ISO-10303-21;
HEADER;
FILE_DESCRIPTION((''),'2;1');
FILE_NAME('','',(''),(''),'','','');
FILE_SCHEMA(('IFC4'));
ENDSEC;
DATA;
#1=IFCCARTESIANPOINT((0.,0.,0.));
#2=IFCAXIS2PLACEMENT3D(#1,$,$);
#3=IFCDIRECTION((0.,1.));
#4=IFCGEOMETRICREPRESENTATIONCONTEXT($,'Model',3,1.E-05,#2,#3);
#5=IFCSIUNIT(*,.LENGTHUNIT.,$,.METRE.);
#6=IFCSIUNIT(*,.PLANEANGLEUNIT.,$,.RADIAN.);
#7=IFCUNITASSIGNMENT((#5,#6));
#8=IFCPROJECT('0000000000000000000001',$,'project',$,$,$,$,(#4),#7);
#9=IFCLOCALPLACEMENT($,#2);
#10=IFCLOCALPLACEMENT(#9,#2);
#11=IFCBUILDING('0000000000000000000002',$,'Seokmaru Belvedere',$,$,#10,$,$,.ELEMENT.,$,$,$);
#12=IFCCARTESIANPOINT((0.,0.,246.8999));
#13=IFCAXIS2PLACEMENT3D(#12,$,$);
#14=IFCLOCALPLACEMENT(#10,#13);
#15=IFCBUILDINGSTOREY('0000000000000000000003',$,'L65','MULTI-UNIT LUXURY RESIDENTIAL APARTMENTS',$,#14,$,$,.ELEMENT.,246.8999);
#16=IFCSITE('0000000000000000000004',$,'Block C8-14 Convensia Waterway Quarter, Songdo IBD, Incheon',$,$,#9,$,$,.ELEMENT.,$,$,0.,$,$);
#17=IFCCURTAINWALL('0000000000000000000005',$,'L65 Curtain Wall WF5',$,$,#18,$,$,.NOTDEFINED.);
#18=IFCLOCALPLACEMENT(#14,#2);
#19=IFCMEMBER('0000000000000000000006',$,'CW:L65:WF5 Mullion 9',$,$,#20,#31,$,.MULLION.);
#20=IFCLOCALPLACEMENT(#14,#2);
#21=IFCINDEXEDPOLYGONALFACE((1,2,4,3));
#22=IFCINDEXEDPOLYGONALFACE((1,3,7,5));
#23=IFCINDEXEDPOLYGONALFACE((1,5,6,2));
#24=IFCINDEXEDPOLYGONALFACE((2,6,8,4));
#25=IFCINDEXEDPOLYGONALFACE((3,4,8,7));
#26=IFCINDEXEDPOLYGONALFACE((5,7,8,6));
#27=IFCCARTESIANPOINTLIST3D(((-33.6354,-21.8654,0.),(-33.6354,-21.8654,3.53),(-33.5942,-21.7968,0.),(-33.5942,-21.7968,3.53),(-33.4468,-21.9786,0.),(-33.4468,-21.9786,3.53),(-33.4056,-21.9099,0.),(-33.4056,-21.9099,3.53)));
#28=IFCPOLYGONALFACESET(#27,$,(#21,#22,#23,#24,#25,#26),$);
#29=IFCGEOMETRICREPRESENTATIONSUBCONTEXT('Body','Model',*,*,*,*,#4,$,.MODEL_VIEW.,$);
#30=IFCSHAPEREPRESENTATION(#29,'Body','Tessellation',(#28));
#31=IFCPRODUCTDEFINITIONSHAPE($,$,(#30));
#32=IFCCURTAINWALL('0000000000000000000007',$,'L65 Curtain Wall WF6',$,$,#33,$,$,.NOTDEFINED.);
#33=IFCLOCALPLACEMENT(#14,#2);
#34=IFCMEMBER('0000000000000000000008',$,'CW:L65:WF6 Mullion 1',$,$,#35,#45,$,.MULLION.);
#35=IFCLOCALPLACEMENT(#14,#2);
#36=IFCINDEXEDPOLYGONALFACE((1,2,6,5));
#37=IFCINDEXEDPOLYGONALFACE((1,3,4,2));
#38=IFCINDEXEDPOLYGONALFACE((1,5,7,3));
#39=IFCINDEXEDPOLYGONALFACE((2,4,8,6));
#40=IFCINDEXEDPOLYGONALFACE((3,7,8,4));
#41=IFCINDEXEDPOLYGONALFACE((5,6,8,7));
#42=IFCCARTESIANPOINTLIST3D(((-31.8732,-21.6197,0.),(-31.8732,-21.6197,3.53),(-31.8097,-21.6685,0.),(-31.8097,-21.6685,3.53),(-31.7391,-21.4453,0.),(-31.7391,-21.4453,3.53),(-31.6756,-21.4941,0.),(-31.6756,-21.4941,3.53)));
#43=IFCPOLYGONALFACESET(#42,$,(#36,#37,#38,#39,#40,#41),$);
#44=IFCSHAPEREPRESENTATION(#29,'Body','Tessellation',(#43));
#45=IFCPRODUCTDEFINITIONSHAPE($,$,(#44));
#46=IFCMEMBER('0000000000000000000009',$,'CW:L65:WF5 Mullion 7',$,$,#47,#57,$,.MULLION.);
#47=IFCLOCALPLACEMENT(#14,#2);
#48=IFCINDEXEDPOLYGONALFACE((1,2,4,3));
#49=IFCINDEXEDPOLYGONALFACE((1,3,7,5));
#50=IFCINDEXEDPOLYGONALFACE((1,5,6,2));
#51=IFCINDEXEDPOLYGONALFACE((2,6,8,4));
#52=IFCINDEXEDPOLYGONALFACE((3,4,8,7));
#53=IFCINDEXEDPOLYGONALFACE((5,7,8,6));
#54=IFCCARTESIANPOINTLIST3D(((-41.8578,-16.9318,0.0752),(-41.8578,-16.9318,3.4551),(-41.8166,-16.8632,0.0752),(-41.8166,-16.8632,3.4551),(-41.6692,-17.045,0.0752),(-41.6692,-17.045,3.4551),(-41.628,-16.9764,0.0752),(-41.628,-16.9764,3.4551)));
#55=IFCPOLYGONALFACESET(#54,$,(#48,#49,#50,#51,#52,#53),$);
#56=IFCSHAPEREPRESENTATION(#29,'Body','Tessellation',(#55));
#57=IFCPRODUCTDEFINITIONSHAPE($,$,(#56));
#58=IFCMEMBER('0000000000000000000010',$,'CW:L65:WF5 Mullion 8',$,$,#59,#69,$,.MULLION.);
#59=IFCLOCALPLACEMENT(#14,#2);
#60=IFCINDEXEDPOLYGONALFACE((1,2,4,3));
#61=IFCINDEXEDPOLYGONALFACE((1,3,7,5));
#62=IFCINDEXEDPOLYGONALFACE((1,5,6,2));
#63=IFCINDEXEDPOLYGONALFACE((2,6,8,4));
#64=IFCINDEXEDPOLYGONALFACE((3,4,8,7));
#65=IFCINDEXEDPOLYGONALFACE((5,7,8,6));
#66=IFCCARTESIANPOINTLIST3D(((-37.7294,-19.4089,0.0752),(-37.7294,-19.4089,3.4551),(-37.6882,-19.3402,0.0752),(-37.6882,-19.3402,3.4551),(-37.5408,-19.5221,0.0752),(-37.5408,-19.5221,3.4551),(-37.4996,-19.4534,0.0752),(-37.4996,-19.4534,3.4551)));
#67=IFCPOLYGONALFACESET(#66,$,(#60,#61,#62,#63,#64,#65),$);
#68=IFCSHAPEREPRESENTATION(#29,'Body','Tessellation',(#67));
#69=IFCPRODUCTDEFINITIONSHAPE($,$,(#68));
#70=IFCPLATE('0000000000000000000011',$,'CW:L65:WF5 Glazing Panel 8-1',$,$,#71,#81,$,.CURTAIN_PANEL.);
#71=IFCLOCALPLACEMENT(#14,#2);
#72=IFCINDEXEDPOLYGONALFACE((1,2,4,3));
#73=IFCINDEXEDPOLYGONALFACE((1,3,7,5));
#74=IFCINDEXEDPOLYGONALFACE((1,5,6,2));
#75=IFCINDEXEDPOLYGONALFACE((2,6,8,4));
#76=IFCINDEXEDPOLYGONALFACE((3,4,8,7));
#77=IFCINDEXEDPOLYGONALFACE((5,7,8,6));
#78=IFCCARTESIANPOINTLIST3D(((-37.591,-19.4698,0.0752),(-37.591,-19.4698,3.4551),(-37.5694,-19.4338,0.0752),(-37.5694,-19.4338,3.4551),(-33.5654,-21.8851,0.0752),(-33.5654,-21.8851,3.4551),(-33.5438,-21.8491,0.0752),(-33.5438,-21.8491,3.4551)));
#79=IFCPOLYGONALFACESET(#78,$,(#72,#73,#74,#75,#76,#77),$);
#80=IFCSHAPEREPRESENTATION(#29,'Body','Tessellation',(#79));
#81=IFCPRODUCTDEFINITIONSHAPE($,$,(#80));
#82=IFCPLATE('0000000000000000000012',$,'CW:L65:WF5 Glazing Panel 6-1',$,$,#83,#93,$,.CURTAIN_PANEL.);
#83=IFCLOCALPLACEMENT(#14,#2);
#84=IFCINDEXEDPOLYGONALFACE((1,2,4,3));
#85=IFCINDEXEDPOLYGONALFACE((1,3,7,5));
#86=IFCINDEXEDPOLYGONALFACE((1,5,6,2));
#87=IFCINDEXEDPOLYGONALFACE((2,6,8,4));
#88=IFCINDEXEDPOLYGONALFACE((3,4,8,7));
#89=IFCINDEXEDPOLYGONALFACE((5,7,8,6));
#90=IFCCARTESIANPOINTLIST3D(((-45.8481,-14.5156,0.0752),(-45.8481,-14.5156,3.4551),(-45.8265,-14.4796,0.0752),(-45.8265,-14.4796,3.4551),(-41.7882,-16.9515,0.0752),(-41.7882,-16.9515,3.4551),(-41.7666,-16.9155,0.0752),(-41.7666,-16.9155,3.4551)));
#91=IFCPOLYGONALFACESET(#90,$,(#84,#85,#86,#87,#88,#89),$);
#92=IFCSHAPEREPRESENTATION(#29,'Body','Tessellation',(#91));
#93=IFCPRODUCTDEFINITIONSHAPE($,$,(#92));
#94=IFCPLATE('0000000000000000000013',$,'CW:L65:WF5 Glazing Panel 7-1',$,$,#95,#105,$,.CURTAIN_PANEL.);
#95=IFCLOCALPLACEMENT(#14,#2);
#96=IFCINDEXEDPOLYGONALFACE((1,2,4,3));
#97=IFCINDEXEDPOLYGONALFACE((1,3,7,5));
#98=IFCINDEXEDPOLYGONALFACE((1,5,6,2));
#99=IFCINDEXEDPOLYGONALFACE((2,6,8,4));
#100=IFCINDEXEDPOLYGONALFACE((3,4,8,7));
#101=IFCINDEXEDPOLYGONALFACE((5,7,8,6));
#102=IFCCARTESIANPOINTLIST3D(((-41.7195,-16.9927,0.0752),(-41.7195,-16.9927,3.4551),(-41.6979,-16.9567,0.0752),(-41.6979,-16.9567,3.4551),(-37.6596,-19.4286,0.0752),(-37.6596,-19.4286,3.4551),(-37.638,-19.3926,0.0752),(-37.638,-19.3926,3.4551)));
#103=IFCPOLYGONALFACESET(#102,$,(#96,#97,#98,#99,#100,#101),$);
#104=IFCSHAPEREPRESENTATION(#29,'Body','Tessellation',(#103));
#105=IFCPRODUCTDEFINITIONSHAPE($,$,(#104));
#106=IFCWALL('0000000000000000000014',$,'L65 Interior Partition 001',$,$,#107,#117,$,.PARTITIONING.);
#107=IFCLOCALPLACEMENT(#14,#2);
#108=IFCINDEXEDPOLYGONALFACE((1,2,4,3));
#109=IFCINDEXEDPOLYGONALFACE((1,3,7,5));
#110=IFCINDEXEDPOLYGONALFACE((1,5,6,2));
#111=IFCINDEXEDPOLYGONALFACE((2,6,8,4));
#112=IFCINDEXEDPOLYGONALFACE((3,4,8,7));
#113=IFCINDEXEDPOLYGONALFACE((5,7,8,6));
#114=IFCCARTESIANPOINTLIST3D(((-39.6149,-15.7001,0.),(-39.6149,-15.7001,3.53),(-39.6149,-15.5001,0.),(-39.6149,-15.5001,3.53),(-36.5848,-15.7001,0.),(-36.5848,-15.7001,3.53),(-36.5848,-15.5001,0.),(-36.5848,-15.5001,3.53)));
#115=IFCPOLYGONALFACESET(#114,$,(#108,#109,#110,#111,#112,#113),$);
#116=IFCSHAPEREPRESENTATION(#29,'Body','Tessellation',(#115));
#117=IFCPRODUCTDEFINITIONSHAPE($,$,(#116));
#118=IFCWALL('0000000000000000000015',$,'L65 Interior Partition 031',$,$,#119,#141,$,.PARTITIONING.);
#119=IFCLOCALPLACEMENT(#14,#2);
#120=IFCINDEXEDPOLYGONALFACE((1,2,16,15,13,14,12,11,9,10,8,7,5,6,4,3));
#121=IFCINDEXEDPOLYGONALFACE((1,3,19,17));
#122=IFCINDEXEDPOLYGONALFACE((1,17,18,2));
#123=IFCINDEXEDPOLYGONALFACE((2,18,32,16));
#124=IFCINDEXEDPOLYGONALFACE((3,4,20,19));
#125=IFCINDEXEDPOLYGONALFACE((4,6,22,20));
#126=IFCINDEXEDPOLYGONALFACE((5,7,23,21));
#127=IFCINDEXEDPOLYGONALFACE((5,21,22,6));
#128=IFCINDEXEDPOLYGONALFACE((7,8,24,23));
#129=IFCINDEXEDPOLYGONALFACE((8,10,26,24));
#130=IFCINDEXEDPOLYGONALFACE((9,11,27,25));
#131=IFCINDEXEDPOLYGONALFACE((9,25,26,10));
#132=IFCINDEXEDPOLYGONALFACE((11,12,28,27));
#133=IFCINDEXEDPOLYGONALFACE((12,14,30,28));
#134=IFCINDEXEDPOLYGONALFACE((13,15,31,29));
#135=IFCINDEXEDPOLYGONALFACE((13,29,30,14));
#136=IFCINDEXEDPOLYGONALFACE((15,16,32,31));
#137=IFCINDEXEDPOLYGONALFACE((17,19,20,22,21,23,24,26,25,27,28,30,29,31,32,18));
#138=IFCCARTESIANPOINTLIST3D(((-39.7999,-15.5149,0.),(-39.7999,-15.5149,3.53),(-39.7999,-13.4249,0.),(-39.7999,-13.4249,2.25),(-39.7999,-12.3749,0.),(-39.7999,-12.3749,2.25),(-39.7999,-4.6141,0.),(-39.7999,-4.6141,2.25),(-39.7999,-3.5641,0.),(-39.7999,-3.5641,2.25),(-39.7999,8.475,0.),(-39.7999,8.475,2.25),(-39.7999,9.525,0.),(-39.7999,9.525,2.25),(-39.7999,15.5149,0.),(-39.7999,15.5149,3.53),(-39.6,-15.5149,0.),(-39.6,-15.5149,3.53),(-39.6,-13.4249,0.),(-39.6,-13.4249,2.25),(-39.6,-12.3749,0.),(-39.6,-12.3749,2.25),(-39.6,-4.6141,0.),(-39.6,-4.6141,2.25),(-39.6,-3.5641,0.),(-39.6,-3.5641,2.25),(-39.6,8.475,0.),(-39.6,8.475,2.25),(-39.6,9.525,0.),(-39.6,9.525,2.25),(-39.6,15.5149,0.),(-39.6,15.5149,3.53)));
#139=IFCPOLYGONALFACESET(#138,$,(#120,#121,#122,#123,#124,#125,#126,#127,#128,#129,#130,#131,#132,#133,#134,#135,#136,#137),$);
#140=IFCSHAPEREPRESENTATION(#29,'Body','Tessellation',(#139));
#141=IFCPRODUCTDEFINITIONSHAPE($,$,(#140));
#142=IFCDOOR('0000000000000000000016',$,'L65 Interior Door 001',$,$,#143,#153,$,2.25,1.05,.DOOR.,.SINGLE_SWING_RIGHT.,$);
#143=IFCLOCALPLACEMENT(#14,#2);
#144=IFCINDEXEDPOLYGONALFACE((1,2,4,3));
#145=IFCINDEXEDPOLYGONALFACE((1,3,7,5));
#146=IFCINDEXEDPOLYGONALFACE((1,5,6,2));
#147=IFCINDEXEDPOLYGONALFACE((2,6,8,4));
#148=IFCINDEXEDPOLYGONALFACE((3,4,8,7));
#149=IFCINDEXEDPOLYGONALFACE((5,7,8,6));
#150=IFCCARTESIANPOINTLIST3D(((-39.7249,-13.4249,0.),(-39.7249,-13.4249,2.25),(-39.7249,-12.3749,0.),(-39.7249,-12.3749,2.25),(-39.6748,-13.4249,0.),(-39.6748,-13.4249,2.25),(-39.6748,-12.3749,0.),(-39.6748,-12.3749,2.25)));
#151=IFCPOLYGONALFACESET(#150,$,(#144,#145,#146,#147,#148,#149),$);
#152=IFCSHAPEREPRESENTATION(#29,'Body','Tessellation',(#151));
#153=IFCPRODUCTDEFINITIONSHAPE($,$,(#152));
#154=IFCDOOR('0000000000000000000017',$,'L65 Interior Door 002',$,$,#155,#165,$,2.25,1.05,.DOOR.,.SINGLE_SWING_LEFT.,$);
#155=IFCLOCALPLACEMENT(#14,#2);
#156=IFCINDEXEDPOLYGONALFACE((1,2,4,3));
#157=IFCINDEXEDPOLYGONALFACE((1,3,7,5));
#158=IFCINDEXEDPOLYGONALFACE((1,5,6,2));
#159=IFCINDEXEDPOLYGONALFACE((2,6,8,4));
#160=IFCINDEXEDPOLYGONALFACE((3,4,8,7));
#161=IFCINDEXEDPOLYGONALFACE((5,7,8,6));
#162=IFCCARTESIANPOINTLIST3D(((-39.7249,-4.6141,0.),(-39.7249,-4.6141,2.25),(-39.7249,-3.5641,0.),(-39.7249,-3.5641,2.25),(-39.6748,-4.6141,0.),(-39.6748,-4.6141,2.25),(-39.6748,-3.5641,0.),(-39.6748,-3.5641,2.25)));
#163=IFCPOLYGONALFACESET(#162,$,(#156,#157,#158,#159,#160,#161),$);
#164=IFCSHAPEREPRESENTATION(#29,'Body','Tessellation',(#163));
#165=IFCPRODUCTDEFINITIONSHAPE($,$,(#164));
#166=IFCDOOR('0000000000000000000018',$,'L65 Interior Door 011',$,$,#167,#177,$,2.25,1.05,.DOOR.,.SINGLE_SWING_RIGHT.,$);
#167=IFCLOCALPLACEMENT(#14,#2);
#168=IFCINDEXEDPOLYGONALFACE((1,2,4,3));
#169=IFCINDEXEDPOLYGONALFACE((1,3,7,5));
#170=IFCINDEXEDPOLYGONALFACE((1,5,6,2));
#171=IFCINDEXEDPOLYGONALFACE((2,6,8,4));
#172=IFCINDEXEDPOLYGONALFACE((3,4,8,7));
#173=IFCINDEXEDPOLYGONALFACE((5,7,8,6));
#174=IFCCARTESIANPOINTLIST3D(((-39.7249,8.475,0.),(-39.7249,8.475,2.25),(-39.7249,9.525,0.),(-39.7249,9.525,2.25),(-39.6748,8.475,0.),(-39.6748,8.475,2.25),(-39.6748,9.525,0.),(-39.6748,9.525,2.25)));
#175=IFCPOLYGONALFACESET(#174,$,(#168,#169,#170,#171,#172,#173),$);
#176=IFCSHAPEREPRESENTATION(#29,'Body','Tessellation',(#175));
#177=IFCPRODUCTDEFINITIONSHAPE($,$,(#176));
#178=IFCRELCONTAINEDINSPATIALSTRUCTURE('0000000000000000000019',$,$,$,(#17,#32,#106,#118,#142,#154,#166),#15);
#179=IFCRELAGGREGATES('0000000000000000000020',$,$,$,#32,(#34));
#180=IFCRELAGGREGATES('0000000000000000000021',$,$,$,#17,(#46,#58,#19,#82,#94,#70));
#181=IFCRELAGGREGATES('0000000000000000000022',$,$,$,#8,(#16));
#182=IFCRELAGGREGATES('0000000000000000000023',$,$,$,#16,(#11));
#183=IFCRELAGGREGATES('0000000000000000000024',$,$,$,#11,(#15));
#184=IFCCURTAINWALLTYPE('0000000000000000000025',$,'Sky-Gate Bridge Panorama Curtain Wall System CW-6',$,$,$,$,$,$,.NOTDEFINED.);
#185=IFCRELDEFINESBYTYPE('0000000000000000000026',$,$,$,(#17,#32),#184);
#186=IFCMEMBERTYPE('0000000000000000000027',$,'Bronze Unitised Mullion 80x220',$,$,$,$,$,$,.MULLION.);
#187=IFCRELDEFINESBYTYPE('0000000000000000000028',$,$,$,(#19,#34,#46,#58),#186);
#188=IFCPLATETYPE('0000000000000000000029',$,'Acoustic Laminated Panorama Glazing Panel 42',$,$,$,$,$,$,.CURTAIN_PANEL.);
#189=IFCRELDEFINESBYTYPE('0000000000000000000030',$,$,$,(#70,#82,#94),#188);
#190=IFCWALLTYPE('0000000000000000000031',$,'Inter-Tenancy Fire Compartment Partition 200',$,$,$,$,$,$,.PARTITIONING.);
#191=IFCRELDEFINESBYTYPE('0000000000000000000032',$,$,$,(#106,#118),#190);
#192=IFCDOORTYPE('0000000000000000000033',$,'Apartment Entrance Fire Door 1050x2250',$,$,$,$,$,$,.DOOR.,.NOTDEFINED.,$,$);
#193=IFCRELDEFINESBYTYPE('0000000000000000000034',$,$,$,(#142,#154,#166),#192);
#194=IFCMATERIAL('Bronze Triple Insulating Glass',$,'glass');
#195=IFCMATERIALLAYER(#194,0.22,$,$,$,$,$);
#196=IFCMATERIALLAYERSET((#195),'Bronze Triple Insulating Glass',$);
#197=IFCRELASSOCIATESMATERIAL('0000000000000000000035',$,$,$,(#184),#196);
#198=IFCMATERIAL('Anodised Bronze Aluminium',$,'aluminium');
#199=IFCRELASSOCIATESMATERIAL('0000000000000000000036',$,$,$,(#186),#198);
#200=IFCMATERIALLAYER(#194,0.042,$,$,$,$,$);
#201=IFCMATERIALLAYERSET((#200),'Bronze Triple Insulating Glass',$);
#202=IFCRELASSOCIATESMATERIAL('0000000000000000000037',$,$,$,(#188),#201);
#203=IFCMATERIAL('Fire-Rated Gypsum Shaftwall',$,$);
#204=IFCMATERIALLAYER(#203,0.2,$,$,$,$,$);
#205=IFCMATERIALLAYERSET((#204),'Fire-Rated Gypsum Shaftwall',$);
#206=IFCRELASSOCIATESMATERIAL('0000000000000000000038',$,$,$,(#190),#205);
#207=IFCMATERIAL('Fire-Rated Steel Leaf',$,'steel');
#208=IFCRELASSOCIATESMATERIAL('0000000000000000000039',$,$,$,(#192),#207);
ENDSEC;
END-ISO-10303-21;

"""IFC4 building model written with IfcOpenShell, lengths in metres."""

from ifc_helpers import new_model, si_unit, direction, frame, frame_2d, origin, origin_2d, place, context, subcontext, project, spatial, rectangle, extrude, source, transform, mapped, material, layer, layer_set, material_profile, profile_set, type_object, type_shapes, element, fill, aggregate, save


model = new_model("IFC4")

# Units and contexts
model_context = context("Model", 3, precision=1e-05, world=origin(), true_north=direction((0.0, 1.0)))
body_context = subcontext(model_context, "Body", "Model", "MODEL_VIEW")
ifc_project = project(units=[si_unit("LENGTHUNIT", "METRE"), si_unit("PLANEANGLEUNIT", "RADIAN")], contexts=[model_context])

# Site, building, storey
site_placement = place(None, origin())
site = spatial("IfcSite", under=ifc_project, at=site_placement, Name="Block C8-14 Convensia Waterway Quarter, Songdo IBD, Incheon", CompositionType="ELEMENT", RefElevation=0.0)
building_placement = place(site_placement, origin())
building = spatial("IfcBuilding", under=site, at=building_placement, Name="Seokmaru Belvedere", CompositionType="ELEMENT")
storey_placement = place(building_placement, frame((0.0, 0.0, 246.8999)))
storey = spatial("IfcBuildingStorey", under=building, at=storey_placement, Name="L65", Description="MULTI-UNIT LUXURY RESIDENTIAL APARTMENTS", CompositionType="ELEMENT", Elevation=246.8999)

# Curtain walls, members
ifc_material_1 = material(Name="Bronze Triple Insulating Glass", Category="glass")
ifc_layer_1 = layer(ifc_material_1, 0.22)
ifc_layer_set_1 = layer_set([ifc_layer_1], Name="Bronze Triple Insulating Glass")
curtain_wall_type = type_object("IfcCurtainWallType", Name="Sky-Gate Bridge Panorama Curtain Wall System CW-6", PredefinedType="NOTDEFINED", material=ifc_layer_set_1)
curtain_wall_1_placement = place(storey_placement, origin())
curtain_wall_1 = element("IfcCurtainWall", 1, at=curtain_wall_1_placement, inside=storey, type_object=curtain_wall_type, Name="L65 Curtain Wall WF5", PredefinedType="NOTDEFINED")
ifc_material_2 = material(Name="Anodised Bronze Aluminium", Category="aluminium")
ifc_material_profile_1 = material_profile(ifc_material_2, rectangle(XDim=0.0801, YDim=0.22, at=origin_2d()), Name="CW-M-80x220")
ifc_profile_set_1 = profile_set([ifc_material_profile_1], Name="Anodised Bronze Aluminium")
member_type = type_object("IfcMemberType", Name="Bronze Unitised Mullion 80x220", PredefinedType="MULLION", material=ifc_profile_set_1)
shared_shape_1 = source(origin(), body_context, "Body", "SweptSolid", [
    extrude(rectangle(XDim=0.0801, YDim=0.22, at=origin_2d()), origin(), (0.0, 0.0, 1.0), 3.53),
])
member_1_placement = place(storey_placement, frame((-33.5205, -21.8877, 0.0), z_axis=(0.0, 0.0, 1.0), x_axis=(0.514495, 0.857493, 0.0)))
member_1 = element("IfcMember", 2, at=member_1_placement, type_object=member_type, Name="CW:L65:WF5 Mullion 9", PredefinedType="MULLION", context=body_context, shape_type="MappedRepresentation", body=[
    mapped(shared_shape_1, transform((0.0, 0.0, 0.0), scale=1.0)),
])
curtain_wall_2_placement = place(storey_placement, origin())
curtain_wall_2 = element("IfcCurtainWall", 3, at=curtain_wall_2_placement, inside=storey, type_object=curtain_wall_type, Name="L65 Curtain Wall WF6", PredefinedType="NOTDEFINED")
member_2_placement = place(storey_placement, frame((-31.7744, -21.5569, 0.0), z_axis=(0.0, 0.0, 1.0), x_axis=(-0.792631, 0.609701, 0.0)))
member_2 = element("IfcMember", 4, at=member_2_placement, type_object=member_type, Name="CW:L65:WF6 Mullion 1", PredefinedType="MULLION", context=body_context, shape_type="MappedRepresentation", body=[
    mapped(shared_shape_1, transform((0.0, 0.0, 0.0), scale=1.0)),
])
aggregate(curtain_wall_2, [member_2])

# Members
shared_shape_2 = source(origin(), body_context, "Body", "SweptSolid", [
    extrude(rectangle(XDim=0.0801, YDim=0.22, at=origin_2d()), origin(), (0.0, 0.0, 1.0), 3.3799),
])
type_shapes(member_type, [shared_shape_1, shared_shape_2])
member_3_placement = place(storey_placement, frame((-41.7429, -16.9541, 0.0752), z_axis=(0.0, 0.0, 1.0), x_axis=(0.514495, 0.857493, 0.0)))
member_3 = element("IfcMember", 5, at=member_3_placement, type_object=member_type, Name="CW:L65:WF5 Mullion 7", PredefinedType="MULLION", context=body_context, shape_type="MappedRepresentation", body=[
    mapped(shared_shape_2, transform((0.0, 0.0, 0.0), scale=1.0)),
])
member_4_placement = place(storey_placement, frame((-37.6145, -19.4312, 0.0752), z_axis=(0.0, 0.0, 1.0), x_axis=(0.514495, 0.857493, 0.0)))
member_4 = element("IfcMember", 6, at=member_4_placement, type_object=member_type, Name="CW:L65:WF5 Mullion 8", PredefinedType="MULLION", context=body_context, shape_type="MappedRepresentation", body=[
    mapped(shared_shape_2, transform((0.0, 0.0, 0.0), scale=1.0)),
])

# Plates
ifc_layer_2 = layer(ifc_material_1, 0.042)
ifc_layer_set_2 = layer_set([ifc_layer_2], Name="Bronze Triple Insulating Glass")
plate_type = type_object("IfcPlateType", Name="Acoustic Laminated Panorama Glazing Panel 42", PredefinedType="CURTAIN_PANEL", material=ifc_layer_set_2)
shared_shape_3 = source(origin(), body_context, "Body", "SweptSolid", [
    extrude(rectangle(XDim=4.6946, YDim=0.042, at=origin_2d()), origin(), (0.0, 0.0, 1.0), 3.3799),
])
plate_1_placement = place(storey_placement, frame((-35.5674, -20.6594, 0.0752), z_axis=(0.0, 0.0, 1.0), x_axis=(0.857493, -0.514495, 0.0)))
plate_1 = element("IfcPlate", 7, at=plate_1_placement, type_object=plate_type, Name="CW:L65:WF5 Glazing Panel 8-1", PredefinedType="CURTAIN_PANEL", context=body_context, shape_type="MappedRepresentation", body=[
    mapped(shared_shape_3, transform((0.0, 0.0, 0.0), scale=1.0)),
])
shared_shape_4 = source(origin(), body_context, "Body", "SweptSolid", [
    extrude(rectangle(XDim=4.7346, YDim=0.042, at=origin_2d()), origin(), (0.0, 0.0, 1.0), 3.3799),
])
type_shapes(plate_type, [shared_shape_3, shared_shape_4])
plate_2_placement = place(storey_placement, frame((-43.8074, -15.7156, 0.0752), z_axis=(0.0, 0.0, 1.0), x_axis=(0.857493, -0.514495, 0.0)))
plate_2 = element("IfcPlate", 8, at=plate_2_placement, type_object=plate_type, Name="CW:L65:WF5 Glazing Panel 6-1", PredefinedType="CURTAIN_PANEL", context=body_context, shape_type="MappedRepresentation", body=[
    mapped(shared_shape_4, transform((0.0, 0.0, 0.0), scale=1.0)),
])
plate_3_placement = place(storey_placement, frame((-39.6787, -18.1926, 0.0752), z_axis=(0.0, 0.0, 1.0), x_axis=(0.857493, -0.514495, 0.0)))
plate_3 = element("IfcPlate", 9, at=plate_3_placement, type_object=plate_type, Name="CW:L65:WF5 Glazing Panel 7-1", PredefinedType="CURTAIN_PANEL", context=body_context, shape_type="MappedRepresentation", body=[
    mapped(shared_shape_4, transform((0.0, 0.0, 0.0), scale=1.0)),
])
aggregate(curtain_wall_1, [member_3, member_4, member_1, plate_2, plate_3, plate_1])

# Wall
ifc_material_3 = material(Name="Fire-Rated Gypsum Shaftwall")
ifc_layer_3 = layer(ifc_material_3, 0.2)
ifc_layer_set_3 = layer_set([ifc_layer_3], Name="Fire-Rated Gypsum Shaftwall")
wall_type_1 = type_object("IfcWallType", Name="Inter-Tenancy Fire Compartment Partition 200", PredefinedType="PARTITIONING", material=ifc_layer_set_3)
wall_1_placement = place(storey_placement, frame((-39.615, -15.6001, 0.0), z_axis=(0.0, 0.0, 1.0), x_axis=(1.0, 0.0, 0.0)))
element("IfcWall", 10, at=wall_1_placement, inside=storey, type_object=wall_type_1, Name="L65 Interior Partition 001", PredefinedType="PARTITIONING", context=body_context, shape_type="SweptSolid", body=[
    extrude(rectangle(XDim=3.03, YDim=0.2, at=frame_2d((1.5151, 0.0))), origin(), (0.0, 0.0, 1.0), 3.53),
])

# Wall, openings, doors
wall_2_placement = place(storey_placement, frame((-39.7, -15.5149, 0.0), z_axis=(0.0, 0.0, 1.0), x_axis=(0.0, 1.0, 0.0)))
wall_2 = element("IfcWall", 11, at=wall_2_placement, inside=storey, type_object=wall_type_1, Name="L65 Interior Partition 031", PredefinedType="PARTITIONING", context=body_context, shape_type="SweptSolid", body=[
    extrude(rectangle(XDim=31.0298, YDim=0.2, at=frame_2d((15.5149, 0.0))), origin(), (0.0, 0.0, 1.0), 3.53),
])
opening_1_placement = place(wall_2_placement, frame((2.0901, 0.0, 0.0)))
opening_1 = element("IfcOpeningElement", 12, at=opening_1_placement, cuts=wall_2, PredefinedType="OPENING", context=body_context, shape_type="SweptSolid", body=[
    extrude(rectangle(XDim=1.05, YDim=2.25, at=frame_2d((0.5249, 1.125))), frame((0.0, 0.1099, 0.0), z_axis=(0.0, -1.0, 0.0), x_axis=(1.0, 0.0, 0.0)), (0.0, 0.0, 1.0), 0.22),
])
opening_2_placement = place(wall_2_placement, frame((10.9009, 0.0, 0.0)))
opening_2 = element("IfcOpeningElement", 13, at=opening_2_placement, cuts=wall_2, PredefinedType="OPENING", context=body_context, shape_type="SweptSolid", body=[
    extrude(rectangle(XDim=1.05, YDim=2.25, at=frame_2d((0.5249, 1.125))), frame((0.0, 0.1099, 0.0), z_axis=(0.0, -1.0, 0.0), x_axis=(1.0, 0.0, 0.0)), (0.0, 0.0, 1.0), 0.22),
])
opening_3_placement = place(wall_2_placement, frame((23.99, 0.0, 0.0)))
opening_3 = element("IfcOpeningElement", 14, at=opening_3_placement, cuts=wall_2, PredefinedType="OPENING", context=body_context, shape_type="SweptSolid", body=[
    extrude(rectangle(XDim=1.05, YDim=2.25, at=frame_2d((0.5249, 1.125))), frame((0.0, 0.1099, 0.0), z_axis=(0.0, -1.0, 0.0), x_axis=(1.0, 0.0, 0.0)), (0.0, 0.0, 1.0), 0.22),
])
ifc_material_4 = material(Name="Fire-Rated Steel Leaf", Category="steel")
door_type = type_object("IfcDoorType", Name="Apartment Entrance Fire Door 1050x2250", OperationType="NOTDEFINED", PredefinedType="DOOR", material=ifc_material_4)
shared_shape_5 = source(origin(), body_context, "Body", "SweptSolid", [
    extrude(rectangle(XDim=1.05, YDim=2.25, at=frame_2d((0.5249, 1.125))), frame((0.0, 0.0249, 0.0), z_axis=(0.0, -1.0, 0.0), x_axis=(1.0, 0.0, 0.0)), (0.0, 0.0, 1.0), 0.05),
])
type_shapes(door_type, [shared_shape_5])
door_1_placement = place(opening_1_placement, origin())
door_1 = element("IfcDoor", 15, at=door_1_placement, inside=storey, type_object=door_type, Name="L65 Interior Door 001", OperationType="SINGLE_SWING_RIGHT", OverallHeight=2.25, OverallWidth=1.05, PredefinedType="DOOR", context=body_context, shape_type="MappedRepresentation", body=[
    mapped(shared_shape_5, transform((0.0, 0.0, 0.0), scale=1.0)),
])
fill(opening_1, door_1)
door_2_placement = place(opening_2_placement, origin())
door_2 = element("IfcDoor", 16, at=door_2_placement, inside=storey, type_object=door_type, Name="L65 Interior Door 002", OperationType="SINGLE_SWING_LEFT", OverallHeight=2.25, OverallWidth=1.05, PredefinedType="DOOR", context=body_context, shape_type="MappedRepresentation", body=[
    mapped(shared_shape_5, transform((0.0, 0.0, 0.0), scale=1.0)),
])
fill(opening_2, door_2)
door_3_placement = place(opening_3_placement, origin())
door_3 = element("IfcDoor", 17, at=door_3_placement, inside=storey, type_object=door_type, Name="L65 Interior Door 011", OperationType="SINGLE_SWING_RIGHT", OverallHeight=2.25, OverallWidth=1.05, PredefinedType="DOOR", context=body_context, shape_type="MappedRepresentation", body=[
    mapped(shared_shape_5, transform((0.0, 0.0, 0.0), scale=1.0)),
])
fill(opening_3, door_3)

save(model, "model.ifc")
